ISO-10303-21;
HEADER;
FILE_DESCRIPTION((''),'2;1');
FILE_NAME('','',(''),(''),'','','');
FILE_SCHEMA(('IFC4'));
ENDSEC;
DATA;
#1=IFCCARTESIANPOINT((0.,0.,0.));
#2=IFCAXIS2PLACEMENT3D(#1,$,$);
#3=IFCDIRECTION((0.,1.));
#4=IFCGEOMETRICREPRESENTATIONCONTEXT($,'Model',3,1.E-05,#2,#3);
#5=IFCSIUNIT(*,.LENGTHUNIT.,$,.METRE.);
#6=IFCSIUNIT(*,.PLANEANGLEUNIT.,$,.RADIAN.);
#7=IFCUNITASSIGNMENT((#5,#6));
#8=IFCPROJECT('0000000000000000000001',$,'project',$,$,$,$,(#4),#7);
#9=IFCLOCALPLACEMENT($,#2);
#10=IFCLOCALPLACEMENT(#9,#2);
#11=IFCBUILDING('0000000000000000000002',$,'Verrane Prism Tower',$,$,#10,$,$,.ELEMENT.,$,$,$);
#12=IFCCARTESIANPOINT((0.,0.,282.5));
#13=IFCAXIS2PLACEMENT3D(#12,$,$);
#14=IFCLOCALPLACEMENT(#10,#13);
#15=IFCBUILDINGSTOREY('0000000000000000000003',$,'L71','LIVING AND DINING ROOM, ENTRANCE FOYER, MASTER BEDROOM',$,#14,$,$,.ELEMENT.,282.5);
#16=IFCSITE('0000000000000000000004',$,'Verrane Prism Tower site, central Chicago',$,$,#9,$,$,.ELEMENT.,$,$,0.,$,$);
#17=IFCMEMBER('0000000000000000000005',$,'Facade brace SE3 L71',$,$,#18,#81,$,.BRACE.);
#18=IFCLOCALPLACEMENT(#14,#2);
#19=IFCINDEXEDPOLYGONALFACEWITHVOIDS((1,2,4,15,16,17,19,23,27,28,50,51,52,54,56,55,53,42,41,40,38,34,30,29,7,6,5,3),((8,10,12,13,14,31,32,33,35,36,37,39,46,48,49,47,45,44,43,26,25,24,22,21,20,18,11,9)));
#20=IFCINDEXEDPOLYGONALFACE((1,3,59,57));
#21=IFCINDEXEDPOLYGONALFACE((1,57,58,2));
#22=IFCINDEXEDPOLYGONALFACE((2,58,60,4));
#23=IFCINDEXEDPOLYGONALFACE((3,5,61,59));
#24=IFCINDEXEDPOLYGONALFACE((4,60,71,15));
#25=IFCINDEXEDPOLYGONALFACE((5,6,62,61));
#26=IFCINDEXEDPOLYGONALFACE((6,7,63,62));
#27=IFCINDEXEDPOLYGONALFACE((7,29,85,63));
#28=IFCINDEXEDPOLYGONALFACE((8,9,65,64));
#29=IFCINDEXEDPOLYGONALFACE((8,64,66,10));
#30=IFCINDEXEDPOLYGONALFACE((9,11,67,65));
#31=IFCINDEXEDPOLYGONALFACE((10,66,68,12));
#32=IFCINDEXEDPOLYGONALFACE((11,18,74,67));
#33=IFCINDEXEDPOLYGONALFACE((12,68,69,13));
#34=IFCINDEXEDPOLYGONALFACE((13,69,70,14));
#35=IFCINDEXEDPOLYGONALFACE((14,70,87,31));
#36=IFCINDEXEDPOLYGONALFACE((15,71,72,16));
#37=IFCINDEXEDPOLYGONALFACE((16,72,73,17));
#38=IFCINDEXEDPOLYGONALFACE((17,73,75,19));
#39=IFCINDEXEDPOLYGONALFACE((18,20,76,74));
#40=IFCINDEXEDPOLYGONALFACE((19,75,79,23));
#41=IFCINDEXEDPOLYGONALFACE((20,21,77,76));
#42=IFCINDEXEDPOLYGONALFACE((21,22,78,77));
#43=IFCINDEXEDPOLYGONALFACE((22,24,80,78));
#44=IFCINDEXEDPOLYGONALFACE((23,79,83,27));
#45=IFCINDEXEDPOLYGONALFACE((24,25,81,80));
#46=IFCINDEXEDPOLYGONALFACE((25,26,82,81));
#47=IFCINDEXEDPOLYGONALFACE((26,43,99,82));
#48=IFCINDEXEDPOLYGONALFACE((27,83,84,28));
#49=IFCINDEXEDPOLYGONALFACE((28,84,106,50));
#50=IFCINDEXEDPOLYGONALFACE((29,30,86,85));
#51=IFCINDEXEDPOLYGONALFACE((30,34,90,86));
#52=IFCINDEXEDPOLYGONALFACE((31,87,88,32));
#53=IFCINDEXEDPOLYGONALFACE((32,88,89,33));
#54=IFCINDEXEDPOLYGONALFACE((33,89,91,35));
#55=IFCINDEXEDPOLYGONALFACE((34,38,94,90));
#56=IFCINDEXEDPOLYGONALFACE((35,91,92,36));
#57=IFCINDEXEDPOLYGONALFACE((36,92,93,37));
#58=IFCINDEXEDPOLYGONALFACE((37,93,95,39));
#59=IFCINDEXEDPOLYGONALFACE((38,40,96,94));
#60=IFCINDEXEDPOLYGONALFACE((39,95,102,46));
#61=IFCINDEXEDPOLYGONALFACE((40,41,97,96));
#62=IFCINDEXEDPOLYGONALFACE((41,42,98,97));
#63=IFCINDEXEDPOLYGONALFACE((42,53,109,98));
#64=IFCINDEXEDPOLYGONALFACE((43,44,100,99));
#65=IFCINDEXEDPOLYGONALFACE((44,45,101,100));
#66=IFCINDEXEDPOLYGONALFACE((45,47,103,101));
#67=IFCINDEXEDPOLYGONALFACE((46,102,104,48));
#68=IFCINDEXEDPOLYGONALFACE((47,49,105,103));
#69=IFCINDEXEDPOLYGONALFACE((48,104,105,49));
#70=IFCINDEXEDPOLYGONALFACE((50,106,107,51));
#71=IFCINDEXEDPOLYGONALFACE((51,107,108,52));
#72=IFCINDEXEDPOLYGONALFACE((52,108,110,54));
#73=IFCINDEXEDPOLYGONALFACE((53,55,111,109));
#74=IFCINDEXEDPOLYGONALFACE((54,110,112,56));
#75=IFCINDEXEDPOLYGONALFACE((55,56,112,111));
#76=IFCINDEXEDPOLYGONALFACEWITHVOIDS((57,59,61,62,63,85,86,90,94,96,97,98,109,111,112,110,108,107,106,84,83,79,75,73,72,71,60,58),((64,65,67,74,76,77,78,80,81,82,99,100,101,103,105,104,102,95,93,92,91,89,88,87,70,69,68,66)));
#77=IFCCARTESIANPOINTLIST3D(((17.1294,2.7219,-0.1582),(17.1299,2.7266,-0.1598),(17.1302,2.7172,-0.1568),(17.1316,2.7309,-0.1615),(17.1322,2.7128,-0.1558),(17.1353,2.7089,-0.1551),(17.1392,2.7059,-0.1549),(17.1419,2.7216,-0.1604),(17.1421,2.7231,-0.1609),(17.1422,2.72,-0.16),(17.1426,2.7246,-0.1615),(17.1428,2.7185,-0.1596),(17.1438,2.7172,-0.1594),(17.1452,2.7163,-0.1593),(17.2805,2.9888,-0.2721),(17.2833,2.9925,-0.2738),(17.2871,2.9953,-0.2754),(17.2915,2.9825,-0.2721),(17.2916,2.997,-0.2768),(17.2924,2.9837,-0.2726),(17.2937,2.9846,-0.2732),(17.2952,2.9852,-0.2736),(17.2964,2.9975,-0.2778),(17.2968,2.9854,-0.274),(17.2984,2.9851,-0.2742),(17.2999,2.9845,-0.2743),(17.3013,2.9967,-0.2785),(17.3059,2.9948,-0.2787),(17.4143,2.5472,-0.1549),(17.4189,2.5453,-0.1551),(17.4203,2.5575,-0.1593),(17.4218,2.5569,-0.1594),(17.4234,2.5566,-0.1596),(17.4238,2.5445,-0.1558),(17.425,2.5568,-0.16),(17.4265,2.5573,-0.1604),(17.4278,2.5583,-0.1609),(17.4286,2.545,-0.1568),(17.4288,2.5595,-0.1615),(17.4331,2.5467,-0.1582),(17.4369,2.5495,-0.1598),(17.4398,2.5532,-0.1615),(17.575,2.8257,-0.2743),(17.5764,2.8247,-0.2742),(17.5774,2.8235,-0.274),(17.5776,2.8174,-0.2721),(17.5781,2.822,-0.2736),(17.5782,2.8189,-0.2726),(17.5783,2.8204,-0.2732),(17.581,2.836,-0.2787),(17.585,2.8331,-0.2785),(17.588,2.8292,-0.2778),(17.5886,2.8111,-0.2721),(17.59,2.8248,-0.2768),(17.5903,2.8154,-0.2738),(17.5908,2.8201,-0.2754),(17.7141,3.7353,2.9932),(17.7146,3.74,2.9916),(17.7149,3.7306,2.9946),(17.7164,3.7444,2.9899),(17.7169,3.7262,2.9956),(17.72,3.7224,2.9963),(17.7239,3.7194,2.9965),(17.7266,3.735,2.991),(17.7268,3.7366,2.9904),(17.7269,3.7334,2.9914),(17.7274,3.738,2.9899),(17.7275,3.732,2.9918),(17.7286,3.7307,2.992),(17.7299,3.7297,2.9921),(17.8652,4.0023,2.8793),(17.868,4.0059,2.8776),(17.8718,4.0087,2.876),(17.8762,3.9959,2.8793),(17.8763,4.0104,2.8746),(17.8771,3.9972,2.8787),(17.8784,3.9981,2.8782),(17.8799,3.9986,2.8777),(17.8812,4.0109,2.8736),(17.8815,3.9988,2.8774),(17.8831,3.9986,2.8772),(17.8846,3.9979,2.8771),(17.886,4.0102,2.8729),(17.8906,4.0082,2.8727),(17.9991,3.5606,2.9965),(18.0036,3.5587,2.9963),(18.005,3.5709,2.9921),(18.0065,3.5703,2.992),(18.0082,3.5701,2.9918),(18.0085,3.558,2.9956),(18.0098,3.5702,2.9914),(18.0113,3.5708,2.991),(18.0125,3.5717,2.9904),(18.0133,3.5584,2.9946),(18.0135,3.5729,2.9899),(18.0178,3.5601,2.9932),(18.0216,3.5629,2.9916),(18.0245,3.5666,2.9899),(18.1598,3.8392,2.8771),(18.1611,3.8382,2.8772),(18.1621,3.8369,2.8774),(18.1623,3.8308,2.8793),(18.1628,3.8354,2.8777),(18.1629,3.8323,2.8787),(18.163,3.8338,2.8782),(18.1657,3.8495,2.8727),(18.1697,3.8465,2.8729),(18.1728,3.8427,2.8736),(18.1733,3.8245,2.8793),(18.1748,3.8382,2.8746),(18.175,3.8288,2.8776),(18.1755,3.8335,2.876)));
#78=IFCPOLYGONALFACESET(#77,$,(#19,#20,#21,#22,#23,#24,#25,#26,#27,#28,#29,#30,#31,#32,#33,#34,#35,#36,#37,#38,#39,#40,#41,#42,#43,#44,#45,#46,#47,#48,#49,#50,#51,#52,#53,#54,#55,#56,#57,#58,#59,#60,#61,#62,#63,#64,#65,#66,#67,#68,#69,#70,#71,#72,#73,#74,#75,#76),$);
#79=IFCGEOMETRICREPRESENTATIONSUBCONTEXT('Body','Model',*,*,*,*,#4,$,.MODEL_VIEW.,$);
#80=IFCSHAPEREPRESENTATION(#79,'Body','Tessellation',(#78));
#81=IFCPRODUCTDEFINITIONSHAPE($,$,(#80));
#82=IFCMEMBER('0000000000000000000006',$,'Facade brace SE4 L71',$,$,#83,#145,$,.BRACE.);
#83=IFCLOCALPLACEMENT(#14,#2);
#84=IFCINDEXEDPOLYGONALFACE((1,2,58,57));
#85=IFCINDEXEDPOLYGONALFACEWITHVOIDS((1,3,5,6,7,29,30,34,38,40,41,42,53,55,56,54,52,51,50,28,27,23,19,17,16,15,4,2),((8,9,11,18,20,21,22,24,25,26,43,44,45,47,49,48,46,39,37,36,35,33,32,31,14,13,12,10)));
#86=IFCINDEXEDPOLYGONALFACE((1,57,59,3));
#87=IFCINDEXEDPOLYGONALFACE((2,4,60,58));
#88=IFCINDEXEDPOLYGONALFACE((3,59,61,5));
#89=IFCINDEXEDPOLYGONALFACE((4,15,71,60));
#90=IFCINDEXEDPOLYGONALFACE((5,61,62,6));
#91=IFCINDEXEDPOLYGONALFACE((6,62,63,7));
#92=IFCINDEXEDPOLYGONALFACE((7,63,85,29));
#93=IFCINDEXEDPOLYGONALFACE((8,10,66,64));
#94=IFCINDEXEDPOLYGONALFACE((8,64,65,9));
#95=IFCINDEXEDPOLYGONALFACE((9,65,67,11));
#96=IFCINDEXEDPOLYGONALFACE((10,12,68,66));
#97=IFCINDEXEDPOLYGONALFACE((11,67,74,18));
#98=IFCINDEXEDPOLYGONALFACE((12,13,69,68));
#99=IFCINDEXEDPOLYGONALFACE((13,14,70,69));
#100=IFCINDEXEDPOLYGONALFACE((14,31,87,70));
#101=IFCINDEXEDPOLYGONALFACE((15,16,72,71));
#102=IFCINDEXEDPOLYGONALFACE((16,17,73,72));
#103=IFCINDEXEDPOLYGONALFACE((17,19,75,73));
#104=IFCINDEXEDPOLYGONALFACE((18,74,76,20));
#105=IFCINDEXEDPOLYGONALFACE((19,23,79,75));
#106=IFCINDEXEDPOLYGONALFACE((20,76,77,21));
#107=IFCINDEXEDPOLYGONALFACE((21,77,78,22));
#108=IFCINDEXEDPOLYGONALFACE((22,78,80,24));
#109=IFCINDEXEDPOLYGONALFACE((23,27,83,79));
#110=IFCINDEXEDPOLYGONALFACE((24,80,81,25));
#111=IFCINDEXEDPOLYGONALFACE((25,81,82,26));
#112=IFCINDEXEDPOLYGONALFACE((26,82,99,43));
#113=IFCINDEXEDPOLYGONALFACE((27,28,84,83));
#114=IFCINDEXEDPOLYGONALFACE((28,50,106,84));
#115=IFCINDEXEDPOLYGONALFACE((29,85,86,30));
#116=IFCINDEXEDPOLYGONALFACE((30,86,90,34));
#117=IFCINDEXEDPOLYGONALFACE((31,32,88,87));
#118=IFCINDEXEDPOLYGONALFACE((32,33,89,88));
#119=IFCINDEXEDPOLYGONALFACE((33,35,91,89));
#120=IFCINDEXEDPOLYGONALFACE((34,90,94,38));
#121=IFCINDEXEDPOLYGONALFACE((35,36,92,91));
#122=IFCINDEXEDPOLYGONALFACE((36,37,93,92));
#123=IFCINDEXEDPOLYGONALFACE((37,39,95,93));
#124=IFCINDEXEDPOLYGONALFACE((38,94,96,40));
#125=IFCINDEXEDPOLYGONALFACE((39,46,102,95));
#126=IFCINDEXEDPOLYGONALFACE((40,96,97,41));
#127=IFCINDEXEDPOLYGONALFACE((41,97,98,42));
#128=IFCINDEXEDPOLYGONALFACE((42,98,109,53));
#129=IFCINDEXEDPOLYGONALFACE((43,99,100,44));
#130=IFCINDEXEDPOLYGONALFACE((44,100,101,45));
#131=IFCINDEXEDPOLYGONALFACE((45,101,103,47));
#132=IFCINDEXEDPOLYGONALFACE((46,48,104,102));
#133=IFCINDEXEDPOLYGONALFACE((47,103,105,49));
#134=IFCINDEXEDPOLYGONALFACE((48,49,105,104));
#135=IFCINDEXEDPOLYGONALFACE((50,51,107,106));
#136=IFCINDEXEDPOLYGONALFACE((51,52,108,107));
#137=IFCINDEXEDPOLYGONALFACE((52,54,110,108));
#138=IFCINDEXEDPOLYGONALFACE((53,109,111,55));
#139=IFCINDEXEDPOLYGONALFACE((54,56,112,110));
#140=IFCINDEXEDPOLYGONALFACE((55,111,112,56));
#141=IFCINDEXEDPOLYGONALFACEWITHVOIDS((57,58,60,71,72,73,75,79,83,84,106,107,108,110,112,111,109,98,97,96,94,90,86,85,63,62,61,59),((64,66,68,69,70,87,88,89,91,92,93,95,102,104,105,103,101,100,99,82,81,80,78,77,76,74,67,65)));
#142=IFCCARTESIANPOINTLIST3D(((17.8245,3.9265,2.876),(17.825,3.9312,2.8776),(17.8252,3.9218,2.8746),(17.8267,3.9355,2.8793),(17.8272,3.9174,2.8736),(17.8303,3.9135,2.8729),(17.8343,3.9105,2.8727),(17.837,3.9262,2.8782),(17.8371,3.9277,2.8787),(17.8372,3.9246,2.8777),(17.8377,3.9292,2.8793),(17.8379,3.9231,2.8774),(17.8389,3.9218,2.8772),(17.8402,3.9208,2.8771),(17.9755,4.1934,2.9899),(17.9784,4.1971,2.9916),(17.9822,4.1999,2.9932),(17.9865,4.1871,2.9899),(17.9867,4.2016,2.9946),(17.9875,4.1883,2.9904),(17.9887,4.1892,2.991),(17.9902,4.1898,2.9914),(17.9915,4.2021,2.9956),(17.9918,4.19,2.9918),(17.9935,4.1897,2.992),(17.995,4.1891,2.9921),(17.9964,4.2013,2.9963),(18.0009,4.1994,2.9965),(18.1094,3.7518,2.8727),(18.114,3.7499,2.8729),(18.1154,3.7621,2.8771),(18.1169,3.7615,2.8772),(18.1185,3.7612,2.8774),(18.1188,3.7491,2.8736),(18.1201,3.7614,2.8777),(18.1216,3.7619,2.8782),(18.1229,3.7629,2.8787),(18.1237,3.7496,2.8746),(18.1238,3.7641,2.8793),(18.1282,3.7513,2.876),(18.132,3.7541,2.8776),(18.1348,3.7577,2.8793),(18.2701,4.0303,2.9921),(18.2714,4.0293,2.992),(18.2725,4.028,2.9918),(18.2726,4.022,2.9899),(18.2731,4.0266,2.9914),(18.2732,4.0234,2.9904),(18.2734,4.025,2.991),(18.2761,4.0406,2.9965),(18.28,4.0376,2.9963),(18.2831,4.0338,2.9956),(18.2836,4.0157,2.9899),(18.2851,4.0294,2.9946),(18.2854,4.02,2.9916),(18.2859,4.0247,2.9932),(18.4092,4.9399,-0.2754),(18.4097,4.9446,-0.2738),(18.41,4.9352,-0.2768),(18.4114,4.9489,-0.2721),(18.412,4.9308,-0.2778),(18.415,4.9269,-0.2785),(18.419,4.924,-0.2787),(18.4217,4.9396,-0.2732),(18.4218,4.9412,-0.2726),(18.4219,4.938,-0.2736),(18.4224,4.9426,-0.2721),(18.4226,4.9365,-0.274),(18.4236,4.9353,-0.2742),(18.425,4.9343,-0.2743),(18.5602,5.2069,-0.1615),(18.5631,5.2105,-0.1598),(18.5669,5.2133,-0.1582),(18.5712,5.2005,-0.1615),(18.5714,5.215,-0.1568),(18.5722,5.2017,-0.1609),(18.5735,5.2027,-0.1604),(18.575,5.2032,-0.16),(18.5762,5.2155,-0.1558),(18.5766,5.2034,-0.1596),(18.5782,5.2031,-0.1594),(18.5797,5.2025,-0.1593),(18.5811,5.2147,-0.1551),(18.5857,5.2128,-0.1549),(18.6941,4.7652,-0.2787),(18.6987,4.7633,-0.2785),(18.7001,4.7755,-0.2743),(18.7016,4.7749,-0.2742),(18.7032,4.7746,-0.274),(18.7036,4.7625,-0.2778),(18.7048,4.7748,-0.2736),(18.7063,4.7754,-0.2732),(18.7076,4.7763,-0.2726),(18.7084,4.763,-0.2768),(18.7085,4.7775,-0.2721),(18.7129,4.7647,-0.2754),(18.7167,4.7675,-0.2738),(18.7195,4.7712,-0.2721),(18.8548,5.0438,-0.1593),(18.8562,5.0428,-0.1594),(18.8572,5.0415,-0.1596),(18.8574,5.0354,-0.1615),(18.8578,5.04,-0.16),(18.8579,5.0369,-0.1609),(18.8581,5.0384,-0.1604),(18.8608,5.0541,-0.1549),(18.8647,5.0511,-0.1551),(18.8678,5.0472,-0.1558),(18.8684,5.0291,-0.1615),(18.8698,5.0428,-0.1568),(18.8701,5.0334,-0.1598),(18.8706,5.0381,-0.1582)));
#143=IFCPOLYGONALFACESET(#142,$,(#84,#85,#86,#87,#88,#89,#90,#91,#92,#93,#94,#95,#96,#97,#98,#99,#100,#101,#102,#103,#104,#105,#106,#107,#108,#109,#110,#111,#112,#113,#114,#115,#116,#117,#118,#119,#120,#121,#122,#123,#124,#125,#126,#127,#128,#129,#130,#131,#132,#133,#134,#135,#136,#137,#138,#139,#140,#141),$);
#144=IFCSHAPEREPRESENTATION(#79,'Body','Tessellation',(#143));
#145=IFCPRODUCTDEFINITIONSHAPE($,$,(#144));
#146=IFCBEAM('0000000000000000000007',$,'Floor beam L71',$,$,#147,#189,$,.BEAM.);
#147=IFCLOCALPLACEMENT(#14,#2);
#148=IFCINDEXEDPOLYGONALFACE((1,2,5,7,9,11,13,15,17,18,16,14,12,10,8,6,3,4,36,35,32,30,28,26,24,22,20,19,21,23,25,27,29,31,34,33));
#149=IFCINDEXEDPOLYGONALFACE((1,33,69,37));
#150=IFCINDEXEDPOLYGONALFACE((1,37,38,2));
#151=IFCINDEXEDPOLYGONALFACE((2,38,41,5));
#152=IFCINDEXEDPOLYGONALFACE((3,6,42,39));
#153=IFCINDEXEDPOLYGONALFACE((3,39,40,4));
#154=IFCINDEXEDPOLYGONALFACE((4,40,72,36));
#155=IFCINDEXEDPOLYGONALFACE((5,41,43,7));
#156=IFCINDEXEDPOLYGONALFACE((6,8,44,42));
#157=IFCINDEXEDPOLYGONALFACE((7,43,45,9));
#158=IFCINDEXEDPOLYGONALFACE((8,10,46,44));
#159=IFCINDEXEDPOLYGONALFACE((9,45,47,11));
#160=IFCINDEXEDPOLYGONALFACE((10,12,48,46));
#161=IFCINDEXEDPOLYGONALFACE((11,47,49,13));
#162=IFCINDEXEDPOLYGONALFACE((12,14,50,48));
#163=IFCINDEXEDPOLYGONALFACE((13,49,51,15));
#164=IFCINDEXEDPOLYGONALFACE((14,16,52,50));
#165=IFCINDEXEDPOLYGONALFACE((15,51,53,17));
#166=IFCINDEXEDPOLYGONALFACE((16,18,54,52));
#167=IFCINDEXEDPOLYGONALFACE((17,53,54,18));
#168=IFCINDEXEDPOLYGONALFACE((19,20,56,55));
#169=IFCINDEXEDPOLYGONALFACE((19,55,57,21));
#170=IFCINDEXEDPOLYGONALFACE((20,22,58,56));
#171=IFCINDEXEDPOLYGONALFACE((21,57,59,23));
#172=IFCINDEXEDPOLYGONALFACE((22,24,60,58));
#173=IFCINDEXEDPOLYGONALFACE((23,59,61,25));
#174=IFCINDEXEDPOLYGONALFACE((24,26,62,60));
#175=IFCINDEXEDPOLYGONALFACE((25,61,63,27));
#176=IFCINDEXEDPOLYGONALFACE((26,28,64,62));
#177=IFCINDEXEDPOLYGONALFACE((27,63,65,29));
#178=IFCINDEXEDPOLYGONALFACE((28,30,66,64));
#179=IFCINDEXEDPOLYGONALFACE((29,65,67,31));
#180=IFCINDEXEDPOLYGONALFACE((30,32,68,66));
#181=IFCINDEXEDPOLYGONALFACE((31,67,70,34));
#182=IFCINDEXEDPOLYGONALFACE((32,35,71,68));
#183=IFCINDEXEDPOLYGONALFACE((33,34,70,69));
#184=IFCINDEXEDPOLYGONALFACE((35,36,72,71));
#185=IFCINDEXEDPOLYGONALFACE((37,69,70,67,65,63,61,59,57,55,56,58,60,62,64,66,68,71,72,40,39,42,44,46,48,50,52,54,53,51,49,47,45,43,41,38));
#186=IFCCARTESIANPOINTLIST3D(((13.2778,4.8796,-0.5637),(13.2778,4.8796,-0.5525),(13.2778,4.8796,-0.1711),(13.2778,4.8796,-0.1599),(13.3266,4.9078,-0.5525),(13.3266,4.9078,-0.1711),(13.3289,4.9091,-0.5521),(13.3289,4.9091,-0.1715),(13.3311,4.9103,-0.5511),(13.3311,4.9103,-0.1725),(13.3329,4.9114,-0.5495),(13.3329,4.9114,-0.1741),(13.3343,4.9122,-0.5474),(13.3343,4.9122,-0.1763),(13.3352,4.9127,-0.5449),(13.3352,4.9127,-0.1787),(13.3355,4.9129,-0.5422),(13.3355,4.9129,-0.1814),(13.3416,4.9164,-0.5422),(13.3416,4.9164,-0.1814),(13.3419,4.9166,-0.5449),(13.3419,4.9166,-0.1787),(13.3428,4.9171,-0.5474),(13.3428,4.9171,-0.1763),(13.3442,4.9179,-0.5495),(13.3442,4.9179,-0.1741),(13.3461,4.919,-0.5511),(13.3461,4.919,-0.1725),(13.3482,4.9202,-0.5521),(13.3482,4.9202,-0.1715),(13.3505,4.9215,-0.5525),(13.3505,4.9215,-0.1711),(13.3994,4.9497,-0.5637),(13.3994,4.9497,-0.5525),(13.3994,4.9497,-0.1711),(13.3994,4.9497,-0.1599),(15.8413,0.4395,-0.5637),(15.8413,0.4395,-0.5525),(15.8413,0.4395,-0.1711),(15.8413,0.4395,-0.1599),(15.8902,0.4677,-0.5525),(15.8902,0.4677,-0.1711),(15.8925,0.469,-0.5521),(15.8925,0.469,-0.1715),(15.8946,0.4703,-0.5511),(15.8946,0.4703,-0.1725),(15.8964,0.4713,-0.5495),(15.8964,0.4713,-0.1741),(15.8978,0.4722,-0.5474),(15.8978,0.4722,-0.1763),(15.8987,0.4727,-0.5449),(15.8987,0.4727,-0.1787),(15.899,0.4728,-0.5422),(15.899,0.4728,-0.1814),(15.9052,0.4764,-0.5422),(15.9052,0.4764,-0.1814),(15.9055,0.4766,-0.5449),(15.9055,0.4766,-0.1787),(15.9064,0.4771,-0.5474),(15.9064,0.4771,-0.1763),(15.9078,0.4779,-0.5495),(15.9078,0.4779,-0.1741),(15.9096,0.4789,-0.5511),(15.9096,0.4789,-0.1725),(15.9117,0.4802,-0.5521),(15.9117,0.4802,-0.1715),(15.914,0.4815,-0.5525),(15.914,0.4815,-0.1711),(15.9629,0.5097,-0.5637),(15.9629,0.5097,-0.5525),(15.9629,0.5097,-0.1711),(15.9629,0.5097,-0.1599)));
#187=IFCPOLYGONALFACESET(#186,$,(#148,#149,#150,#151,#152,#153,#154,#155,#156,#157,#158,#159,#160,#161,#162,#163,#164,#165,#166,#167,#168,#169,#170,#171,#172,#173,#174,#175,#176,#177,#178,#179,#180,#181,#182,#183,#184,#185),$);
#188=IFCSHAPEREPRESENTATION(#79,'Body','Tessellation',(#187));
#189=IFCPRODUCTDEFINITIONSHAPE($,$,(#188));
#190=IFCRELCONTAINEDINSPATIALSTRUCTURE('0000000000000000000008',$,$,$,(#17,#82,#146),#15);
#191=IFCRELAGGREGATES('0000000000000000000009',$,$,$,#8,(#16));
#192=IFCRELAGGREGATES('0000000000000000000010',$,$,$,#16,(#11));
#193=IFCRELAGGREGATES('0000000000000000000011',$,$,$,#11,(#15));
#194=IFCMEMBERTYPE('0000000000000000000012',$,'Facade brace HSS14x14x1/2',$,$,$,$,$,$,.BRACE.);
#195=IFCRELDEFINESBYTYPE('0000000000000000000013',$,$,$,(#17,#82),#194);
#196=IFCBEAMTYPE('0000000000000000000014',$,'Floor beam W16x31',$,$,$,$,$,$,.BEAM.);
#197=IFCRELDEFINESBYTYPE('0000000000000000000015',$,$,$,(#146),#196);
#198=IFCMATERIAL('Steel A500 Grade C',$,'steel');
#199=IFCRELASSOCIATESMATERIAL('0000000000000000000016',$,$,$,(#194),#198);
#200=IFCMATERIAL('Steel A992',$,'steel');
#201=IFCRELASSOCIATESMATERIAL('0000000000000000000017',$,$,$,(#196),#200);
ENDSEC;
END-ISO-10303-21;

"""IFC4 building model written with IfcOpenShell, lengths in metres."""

from ifc_helpers import new_model, si_unit, direction, frame, origin, origin_2d, place, context, subcontext, project, spatial, hollow_rectangle, i_section, extrude, material, material_profile, profile_set, type_object, element, save


model = new_model("IFC4")

# Units and contexts
model_context = context("Model", 3, precision=1e-05, world=origin(), true_north=direction((0.0, 1.0)))
body_context = subcontext(model_context, "Body", "Model", "MODEL_VIEW")
ifc_project = project(units=[si_unit("LENGTHUNIT", "METRE"), si_unit("PLANEANGLEUNIT", "RADIAN")], contexts=[model_context])

# Site, building, storey
site_placement = place(None, origin())
site = spatial("IfcSite", under=ifc_project, at=site_placement, Name="Verrane Prism Tower site, central Chicago", CompositionType="ELEMENT", RefElevation=0.0)
building_placement = place(site_placement, origin())
building = spatial("IfcBuilding", under=site, at=building_placement, Name="Verrane Prism Tower", CompositionType="ELEMENT")
storey_placement = place(building_placement, frame((0.0, 0.0, 282.5)))
storey = spatial("IfcBuildingStorey", under=building, at=storey_placement, Name="L71", Description="LIVING AND DINING ROOM, ENTRANCE FOYER, MASTER BEDROOM", CompositionType="ELEMENT", Elevation=282.5)

# Members
ifc_material_1 = material(Name="Steel A500 Grade C", Category="steel")
ifc_material_profile_1 = material_profile(ifc_material_1, hollow_rectangle(XDim=0.3557, YDim=0.3557, WallThickness=0.0127, InnerFilletRadius=0.0063, OuterFilletRadius=0.019, at=origin_2d()), Name="HSS14x14x1/2")
ifc_profile_set_1 = profile_set([ifc_material_profile_1], Name="Steel A500 Grade C")
member_type_1 = type_object("IfcMemberType", Name="Facade brace HSS14x14x1/2", PredefinedType="BRACE", material=ifc_profile_set_1)
for number, where, z_axis, x_axis, name in (
    (1, (17.3601, 2.771, -0.2168), (0.173942, 0.301476, 0.937473), (-0.866168, 0.499753, 0.0), "Facade brace SE3 L71"),
    (2, (18.6399, 4.989, -0.2168), (-0.173942, -0.301476, 0.937473), (0.866168, -0.499753, 0.0), "Facade brace SE4 L71"),
):
    element("IfcMember", number, at=place(storey_placement, frame(where, z_axis=z_axis, x_axis=x_axis)), inside=storey, type_object=member_type_1, Name=name, PredefinedType="BRACE", context=body_context, shape_type="SweptSolid", body=[
        extrude(hollow_rectangle(XDim=0.3557, YDim=0.3557, WallThickness=0.0127, InnerFilletRadius=0.0063, OuterFilletRadius=0.019, at=origin_2d()), origin(), (0.0, 0.0, 1.0), 3.3616),
    ])

# Beam
ifc_material_2 = material(Name="Steel A992", Category="steel")
ifc_material_profile_2 = material_profile(ifc_material_2, i_section(OverallWidth=0.1404, OverallDepth=0.4038, WebThickness=0.0071, FlangeThickness=0.0112, FilletRadius=0.0103, at=origin_2d()), Name="W16x31")
ifc_profile_set_2 = profile_set([ifc_material_profile_2], Name="Steel A992")
beam_type_1 = type_object("IfcBeamType", Name="Floor beam W16x31", PredefinedType="BEAM", material=ifc_profile_set_2)
beam_1_placement = place(storey_placement, frame((15.9021, 0.4746, -0.3618), z_axis=(-0.500011, 0.866019, 0.0), x_axis=(-0.866019, -0.500011, 0.0)))
element("IfcBeam", 3, at=beam_1_placement, inside=storey, type_object=beam_type_1, Name="Floor beam L71", PredefinedType="BEAM", context=body_context, shape_type="SweptSolid", body=[
    extrude(i_section(OverallWidth=0.1404, OverallDepth=0.4038, WebThickness=0.0071, FlangeThickness=0.0112, FilletRadius=0.0103, at=origin_2d()), origin(), (0.0, 0.0, 1.0), 5.127),
])

save(model, "model.ifc")
